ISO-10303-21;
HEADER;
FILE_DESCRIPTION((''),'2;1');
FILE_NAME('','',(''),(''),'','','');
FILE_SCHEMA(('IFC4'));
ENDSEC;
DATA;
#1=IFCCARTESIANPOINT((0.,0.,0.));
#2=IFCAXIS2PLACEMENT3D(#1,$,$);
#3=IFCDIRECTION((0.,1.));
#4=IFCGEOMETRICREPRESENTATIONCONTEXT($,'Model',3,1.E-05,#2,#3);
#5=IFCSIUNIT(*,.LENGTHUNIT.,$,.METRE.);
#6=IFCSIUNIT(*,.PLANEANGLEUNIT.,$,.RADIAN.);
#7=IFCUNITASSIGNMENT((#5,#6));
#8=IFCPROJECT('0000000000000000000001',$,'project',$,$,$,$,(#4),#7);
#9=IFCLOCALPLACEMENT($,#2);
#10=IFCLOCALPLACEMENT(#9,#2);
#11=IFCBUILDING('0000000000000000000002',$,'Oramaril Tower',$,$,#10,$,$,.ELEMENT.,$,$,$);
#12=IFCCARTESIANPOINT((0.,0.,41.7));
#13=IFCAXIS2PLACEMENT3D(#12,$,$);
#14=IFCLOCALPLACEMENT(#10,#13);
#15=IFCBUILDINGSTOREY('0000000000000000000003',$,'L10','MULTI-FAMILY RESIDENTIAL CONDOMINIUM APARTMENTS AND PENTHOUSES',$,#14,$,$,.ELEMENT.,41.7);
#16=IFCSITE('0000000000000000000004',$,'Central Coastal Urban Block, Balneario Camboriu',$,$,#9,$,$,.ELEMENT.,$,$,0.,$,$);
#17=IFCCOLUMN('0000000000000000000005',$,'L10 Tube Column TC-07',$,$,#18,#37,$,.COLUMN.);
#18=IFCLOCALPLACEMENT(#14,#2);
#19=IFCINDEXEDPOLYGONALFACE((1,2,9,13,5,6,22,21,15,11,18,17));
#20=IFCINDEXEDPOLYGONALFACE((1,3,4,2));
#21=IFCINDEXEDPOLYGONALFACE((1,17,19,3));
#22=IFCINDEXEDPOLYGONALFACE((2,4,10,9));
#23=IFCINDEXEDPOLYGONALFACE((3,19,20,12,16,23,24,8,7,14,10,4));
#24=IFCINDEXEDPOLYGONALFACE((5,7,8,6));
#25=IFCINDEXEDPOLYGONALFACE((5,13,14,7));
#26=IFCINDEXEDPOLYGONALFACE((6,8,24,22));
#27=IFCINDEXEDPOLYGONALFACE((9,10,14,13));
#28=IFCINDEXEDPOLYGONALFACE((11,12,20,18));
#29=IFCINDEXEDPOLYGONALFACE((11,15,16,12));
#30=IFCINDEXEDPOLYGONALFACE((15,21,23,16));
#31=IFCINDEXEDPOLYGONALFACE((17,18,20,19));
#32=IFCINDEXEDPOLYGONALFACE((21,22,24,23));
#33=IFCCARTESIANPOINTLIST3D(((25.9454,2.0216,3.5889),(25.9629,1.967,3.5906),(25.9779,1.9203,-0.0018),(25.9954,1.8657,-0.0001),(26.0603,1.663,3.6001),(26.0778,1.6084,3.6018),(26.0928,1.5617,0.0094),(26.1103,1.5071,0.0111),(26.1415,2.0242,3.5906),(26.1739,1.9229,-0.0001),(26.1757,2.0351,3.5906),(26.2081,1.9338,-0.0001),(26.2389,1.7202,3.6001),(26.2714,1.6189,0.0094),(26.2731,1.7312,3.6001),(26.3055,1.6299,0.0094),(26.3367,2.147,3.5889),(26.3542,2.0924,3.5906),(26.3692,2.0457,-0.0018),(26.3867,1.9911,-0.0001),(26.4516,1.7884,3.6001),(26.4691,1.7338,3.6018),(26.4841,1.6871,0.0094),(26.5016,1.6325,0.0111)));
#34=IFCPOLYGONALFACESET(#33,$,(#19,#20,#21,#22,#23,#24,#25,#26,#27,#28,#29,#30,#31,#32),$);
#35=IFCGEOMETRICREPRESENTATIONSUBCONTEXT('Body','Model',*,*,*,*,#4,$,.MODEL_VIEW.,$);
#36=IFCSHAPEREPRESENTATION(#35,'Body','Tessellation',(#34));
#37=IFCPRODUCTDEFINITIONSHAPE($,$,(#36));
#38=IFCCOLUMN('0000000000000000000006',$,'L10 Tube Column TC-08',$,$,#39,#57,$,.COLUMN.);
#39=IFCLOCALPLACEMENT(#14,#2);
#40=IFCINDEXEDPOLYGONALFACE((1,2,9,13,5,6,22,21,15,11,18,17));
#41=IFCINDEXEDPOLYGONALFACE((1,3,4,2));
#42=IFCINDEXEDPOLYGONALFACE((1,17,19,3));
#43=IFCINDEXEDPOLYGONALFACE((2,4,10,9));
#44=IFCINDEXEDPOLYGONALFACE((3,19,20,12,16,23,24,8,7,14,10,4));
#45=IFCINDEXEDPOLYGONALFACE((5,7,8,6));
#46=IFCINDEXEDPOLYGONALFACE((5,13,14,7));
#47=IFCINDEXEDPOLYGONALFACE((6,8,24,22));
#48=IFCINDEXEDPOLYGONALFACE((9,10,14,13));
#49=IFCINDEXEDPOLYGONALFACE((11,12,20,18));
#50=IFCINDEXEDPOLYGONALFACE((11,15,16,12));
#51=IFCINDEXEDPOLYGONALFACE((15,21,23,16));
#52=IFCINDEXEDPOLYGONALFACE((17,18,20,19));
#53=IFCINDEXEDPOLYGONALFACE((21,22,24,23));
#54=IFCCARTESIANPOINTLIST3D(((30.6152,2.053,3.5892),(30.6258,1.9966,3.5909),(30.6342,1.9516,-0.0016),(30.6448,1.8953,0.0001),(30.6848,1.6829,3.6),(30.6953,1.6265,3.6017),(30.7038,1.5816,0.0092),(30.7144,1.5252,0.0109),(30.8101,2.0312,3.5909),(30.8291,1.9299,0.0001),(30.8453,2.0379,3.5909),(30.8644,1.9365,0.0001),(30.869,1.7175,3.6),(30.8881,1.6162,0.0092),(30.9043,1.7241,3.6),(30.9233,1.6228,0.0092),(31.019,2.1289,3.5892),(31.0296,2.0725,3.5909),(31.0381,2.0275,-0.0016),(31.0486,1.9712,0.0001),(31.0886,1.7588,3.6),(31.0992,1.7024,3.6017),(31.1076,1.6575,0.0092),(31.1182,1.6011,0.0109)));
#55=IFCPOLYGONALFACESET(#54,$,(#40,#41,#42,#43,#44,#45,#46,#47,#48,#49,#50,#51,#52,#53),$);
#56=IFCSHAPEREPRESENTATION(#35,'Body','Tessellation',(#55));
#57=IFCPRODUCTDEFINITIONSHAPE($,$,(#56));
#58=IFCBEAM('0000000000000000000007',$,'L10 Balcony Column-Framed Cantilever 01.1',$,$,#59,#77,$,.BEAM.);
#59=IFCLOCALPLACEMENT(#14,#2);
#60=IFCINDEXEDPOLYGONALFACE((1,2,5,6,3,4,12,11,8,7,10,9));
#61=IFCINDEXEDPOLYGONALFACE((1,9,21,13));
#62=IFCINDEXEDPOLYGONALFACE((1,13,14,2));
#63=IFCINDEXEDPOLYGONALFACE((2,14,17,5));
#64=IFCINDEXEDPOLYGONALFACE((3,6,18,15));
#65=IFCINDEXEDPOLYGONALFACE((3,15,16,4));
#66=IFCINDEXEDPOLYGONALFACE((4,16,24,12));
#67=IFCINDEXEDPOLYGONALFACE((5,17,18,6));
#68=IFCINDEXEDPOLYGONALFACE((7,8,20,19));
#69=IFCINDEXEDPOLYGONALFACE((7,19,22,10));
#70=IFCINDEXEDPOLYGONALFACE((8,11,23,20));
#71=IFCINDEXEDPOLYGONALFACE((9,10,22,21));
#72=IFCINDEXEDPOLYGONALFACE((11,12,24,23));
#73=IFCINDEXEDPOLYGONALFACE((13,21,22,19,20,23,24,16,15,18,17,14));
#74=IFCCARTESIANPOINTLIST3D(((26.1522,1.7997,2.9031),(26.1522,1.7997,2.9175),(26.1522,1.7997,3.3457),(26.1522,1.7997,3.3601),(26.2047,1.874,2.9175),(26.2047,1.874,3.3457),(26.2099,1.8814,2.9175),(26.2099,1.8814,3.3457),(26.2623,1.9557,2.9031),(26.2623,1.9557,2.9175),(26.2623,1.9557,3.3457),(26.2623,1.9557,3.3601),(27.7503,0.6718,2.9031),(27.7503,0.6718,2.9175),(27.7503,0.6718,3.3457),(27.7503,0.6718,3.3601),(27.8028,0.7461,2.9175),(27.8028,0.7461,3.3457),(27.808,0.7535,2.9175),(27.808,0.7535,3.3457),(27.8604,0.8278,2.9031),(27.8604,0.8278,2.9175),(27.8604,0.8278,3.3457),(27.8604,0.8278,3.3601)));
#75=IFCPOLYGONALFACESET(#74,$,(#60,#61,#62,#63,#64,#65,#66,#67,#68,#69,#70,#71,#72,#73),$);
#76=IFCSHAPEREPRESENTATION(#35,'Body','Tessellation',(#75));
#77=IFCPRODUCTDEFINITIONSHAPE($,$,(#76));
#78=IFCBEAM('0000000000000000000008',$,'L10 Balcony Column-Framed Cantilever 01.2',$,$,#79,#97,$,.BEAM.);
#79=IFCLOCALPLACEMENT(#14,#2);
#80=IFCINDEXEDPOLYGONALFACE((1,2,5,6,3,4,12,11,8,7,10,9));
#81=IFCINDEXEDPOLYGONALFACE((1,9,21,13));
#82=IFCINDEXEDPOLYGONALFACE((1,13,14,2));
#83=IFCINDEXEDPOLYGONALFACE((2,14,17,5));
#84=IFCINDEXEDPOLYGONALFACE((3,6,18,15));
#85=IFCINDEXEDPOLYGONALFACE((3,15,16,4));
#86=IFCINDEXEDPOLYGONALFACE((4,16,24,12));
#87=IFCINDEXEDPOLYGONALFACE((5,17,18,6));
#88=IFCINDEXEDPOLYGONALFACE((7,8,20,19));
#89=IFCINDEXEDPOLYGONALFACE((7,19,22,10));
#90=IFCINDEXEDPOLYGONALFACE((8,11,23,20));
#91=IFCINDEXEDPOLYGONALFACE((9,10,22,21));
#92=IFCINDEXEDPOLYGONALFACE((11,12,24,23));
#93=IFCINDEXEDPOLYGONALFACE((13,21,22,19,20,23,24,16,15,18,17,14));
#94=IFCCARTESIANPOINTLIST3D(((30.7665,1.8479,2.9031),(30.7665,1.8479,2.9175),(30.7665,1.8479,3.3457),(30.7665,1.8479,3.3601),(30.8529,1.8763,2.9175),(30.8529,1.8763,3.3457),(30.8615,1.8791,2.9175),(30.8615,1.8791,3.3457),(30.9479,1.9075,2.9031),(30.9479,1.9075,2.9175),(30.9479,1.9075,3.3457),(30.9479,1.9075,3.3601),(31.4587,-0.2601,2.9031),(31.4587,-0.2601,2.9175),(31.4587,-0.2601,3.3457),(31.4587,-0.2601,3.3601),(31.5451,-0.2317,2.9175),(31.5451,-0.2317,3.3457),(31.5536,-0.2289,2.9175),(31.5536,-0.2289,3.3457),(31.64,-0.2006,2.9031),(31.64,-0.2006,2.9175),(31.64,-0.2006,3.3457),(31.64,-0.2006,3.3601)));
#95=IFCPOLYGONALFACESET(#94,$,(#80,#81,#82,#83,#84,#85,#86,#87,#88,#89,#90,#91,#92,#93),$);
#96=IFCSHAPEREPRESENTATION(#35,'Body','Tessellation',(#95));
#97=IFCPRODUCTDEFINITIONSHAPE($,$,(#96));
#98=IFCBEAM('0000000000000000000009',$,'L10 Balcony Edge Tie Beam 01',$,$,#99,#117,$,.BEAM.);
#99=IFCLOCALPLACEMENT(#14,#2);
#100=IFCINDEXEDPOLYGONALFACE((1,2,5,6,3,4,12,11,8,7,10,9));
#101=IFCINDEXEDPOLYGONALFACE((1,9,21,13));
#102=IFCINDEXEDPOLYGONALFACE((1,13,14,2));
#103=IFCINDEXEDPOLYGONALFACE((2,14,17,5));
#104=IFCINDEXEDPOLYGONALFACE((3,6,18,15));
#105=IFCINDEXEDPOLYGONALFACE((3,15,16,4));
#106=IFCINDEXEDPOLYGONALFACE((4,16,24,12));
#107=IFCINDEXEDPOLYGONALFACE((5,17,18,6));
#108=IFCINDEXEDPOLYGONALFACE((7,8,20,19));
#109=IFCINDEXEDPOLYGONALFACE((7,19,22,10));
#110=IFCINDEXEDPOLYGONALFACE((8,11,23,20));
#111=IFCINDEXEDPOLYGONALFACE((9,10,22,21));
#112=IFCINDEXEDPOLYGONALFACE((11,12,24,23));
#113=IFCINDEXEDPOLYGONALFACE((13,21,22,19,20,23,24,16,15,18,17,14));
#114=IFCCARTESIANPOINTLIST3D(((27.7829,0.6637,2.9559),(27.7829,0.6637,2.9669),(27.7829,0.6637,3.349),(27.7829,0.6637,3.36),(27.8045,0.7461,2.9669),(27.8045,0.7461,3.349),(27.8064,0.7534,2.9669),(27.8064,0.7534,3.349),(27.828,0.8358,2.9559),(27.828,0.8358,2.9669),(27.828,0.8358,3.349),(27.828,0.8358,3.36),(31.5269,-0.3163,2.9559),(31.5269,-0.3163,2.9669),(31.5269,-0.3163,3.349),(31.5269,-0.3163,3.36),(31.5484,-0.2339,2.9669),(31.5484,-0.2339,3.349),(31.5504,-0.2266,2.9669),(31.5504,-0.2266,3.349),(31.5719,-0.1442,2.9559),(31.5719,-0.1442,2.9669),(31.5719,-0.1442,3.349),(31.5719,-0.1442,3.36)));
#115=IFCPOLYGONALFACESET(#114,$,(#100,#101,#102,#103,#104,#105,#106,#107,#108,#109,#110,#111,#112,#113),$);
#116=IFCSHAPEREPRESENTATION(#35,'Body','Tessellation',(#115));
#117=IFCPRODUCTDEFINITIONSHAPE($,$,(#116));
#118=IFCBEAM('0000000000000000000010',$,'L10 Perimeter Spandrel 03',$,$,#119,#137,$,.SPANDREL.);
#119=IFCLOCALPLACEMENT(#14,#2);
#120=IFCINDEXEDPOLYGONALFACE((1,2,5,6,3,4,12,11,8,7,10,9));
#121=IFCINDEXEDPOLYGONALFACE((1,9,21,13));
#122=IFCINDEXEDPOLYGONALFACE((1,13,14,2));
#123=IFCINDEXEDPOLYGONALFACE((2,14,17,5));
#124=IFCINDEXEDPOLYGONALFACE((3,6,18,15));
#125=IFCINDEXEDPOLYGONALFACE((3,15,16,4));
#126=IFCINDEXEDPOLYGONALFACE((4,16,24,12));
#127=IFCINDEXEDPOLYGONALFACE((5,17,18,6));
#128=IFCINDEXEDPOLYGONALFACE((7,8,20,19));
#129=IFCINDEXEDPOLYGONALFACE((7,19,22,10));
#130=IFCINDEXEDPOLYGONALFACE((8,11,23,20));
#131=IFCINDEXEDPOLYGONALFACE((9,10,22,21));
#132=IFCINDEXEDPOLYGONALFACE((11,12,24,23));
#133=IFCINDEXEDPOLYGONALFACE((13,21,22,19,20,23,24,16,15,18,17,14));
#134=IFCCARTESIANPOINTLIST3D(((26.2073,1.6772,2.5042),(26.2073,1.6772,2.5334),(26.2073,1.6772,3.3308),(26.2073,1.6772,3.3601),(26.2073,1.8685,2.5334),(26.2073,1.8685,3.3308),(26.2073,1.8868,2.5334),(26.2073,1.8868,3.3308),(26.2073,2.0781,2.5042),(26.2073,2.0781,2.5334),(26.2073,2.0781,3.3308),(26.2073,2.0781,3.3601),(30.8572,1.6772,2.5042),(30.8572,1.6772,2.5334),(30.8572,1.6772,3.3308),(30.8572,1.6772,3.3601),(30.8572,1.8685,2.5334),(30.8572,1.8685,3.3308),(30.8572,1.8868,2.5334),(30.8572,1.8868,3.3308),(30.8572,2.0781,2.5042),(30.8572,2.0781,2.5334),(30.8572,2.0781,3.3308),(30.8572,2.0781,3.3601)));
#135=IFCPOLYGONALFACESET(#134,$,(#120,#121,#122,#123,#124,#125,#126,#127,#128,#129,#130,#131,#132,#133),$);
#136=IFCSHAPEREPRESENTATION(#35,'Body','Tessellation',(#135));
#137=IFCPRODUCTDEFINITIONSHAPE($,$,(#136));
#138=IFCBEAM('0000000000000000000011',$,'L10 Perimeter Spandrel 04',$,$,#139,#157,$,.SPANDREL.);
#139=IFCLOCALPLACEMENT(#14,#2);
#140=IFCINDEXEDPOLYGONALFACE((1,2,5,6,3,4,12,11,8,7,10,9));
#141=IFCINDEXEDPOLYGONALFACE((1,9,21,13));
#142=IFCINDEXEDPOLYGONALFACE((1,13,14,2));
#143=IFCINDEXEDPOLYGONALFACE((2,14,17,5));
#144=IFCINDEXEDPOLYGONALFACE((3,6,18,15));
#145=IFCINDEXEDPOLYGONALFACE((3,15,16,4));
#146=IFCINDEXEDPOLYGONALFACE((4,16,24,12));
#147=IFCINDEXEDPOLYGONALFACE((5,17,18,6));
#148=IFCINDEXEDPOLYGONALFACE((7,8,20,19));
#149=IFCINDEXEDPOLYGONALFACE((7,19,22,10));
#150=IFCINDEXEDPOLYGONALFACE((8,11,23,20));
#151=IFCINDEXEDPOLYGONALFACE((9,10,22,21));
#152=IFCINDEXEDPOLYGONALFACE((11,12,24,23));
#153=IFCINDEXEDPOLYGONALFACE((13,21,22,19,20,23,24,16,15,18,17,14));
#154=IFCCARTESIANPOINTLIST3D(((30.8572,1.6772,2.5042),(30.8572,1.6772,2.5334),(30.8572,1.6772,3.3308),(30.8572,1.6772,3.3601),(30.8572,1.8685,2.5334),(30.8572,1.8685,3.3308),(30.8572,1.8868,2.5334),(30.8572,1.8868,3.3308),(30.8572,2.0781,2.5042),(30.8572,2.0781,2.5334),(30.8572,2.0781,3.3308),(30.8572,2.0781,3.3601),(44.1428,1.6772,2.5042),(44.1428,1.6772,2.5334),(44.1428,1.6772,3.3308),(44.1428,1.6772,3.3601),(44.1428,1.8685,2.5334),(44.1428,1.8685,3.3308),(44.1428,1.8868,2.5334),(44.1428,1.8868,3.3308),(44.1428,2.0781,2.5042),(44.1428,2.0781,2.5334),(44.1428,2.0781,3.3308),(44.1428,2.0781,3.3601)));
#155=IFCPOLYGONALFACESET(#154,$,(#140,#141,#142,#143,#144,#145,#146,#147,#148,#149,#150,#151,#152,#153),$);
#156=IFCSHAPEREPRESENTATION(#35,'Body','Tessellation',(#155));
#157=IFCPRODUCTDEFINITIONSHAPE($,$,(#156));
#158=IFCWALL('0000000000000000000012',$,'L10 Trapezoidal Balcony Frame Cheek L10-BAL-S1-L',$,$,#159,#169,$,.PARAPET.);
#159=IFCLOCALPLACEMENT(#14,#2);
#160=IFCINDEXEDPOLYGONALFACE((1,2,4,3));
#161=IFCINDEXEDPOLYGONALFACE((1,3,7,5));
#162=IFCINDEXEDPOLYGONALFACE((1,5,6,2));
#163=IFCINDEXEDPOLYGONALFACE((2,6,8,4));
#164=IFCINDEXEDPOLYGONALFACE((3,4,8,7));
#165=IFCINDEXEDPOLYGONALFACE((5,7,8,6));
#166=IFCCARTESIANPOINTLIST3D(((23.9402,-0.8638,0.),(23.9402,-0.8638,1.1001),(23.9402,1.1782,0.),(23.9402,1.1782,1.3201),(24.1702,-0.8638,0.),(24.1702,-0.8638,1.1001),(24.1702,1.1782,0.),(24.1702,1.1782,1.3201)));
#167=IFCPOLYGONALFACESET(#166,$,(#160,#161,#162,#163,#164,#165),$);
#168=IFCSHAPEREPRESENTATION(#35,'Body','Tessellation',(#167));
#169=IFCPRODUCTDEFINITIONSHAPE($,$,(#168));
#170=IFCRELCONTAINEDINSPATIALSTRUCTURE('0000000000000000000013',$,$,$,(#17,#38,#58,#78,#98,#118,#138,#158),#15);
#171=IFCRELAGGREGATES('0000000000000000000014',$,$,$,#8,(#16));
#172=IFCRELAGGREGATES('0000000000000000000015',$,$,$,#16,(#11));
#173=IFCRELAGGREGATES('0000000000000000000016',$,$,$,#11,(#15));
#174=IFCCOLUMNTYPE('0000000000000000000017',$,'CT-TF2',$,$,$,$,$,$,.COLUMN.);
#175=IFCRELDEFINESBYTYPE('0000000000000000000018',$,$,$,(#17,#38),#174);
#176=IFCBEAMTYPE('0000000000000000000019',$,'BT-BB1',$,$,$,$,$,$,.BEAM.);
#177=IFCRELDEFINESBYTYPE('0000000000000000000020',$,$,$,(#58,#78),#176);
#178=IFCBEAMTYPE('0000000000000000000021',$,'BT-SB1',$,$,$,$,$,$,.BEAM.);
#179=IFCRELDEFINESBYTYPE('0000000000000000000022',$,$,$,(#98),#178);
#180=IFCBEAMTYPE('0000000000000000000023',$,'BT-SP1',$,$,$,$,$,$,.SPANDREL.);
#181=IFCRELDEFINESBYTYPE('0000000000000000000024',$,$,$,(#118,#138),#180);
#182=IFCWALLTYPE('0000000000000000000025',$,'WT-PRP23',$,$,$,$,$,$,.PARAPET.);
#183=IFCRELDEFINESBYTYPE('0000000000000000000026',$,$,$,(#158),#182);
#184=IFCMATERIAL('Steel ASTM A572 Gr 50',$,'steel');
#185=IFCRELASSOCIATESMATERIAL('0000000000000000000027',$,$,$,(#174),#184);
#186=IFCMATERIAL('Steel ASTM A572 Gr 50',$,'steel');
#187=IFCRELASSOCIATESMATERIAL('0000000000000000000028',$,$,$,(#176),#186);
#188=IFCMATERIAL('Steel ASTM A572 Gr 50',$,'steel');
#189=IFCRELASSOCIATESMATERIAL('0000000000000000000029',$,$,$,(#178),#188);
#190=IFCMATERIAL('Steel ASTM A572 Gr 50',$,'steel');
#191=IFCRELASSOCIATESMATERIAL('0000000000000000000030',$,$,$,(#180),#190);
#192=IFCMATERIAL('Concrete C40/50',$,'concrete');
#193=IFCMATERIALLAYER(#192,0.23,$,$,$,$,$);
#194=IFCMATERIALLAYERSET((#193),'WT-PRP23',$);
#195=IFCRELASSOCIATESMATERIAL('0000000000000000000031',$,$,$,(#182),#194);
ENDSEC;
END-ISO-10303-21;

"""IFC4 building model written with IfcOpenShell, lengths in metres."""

from ifc_helpers import new_model, si_unit, direction, frame, origin, origin_2d, place, context, subcontext, project, spatial, polyline, i_section, outline, extrude, material, layer, layer_set, material_profile, profile_set, type_object, element, save


model = new_model("IFC4")

# Units and contexts
model_context = context("Model", 3, precision=1e-05, world=origin(), true_north=direction((0.0, 1.0)))
body_context = subcontext(model_context, "Body", "Model", "MODEL_VIEW")
ifc_project = project(units=[si_unit("LENGTHUNIT", "METRE"), si_unit("PLANEANGLEUNIT", "RADIAN")], contexts=[model_context])

# Site, building, storey
site_placement = place(None, origin())
site = spatial("IfcSite", under=ifc_project, at=site_placement, Name="Central Coastal Urban Block, Balneario Camboriu", CompositionType="ELEMENT", RefElevation=0.0)
building_placement = place(site_placement, origin())
building = spatial("IfcBuilding", under=site, at=building_placement, Name="Oramaril Tower", CompositionType="ELEMENT")
storey_placement = place(building_placement, frame((0.0, 0.0, 41.7)))
storey = spatial("IfcBuildingStorey", under=building, at=storey_placement, Name="L10", Description="MULTI-FAMILY RESIDENTIAL CONDOMINIUM APARTMENTS AND PENTHOUSES", CompositionType="ELEMENT", Elevation=41.7)

# Columns
ifc_material_1 = material(Name="Steel ASTM A572 Gr 50", Category="steel")
ifc_material_profile_1 = material_profile(ifc_material_1, i_section(OverallWidth=0.4109, OverallDepth=0.4341, WebThickness=0.0359, FlangeThickness=0.0574, at=origin_2d()), Name="W14X311")
ifc_profile_set_1 = profile_set([ifc_material_profile_1], Name="Steel ASTM A572 Gr 50")
column_type = type_object("IfcColumnType", Name="CT-TF2", PredefinedType="COLUMN", material=ifc_profile_set_1)
for number, where, z_axis, x_axis, name in (
    (1, (26.2397, 1.7764, 0.0046), (-0.009039, 0.028204, 0.999561), (-0.952291, -0.305192, 0.0), "L10 Tube Column TC-07"),
    (2, (30.8762, 1.7764, 0.0046), (-0.005301, 0.028204, 0.999588), (-0.982792, -0.184717, 0.0), "L10 Tube Column TC-08"),
):
    element("IfcColumn", number, at=place(storey_placement, frame(where, z_axis=z_axis, x_axis=x_axis)), inside=storey, type_object=column_type, Name=name, PredefinedType="COLUMN", context=body_context, shape_type="SweptSolid", body=[
        extrude(i_section(OverallWidth=0.4109, OverallDepth=0.4341, WebThickness=0.0359, FlangeThickness=0.0574, at=origin_2d()), origin(), (0.0, 0.0, 1.0), 3.5923),
    ])

# Beams
ifc_material_2 = material(Name="Steel ASTM A572 Gr 50", Category="steel")
ifc_material_profile_2 = material_profile(ifc_material_2, i_section(OverallWidth=0.1909, OverallDepth=0.457, WebThickness=0.009, FlangeThickness=0.0144, at=origin_2d()), Name="W18X50")
ifc_profile_set_2 = profile_set([ifc_material_profile_2], Name="Steel ASTM A572 Gr 50")
beam_type_1 = type_object("IfcBeamType", Name="BT-BB1", PredefinedType="BEAM", material=ifc_profile_set_2)
beam_1_placement = place(storey_placement, frame((26.2073, 1.8777, 3.1316), z_axis=(0.817009, -0.576624, 0.0), x_axis=(0.576624, 0.817009, 0.0)))
element("IfcBeam", 3, at=beam_1_placement, inside=storey, type_object=beam_type_1, Name="L10 Balcony Column-Framed Cantilever 01.1", PredefinedType="BEAM", context=body_context, shape_type="SweptSolid", body=[
    extrude(i_section(OverallWidth=0.1909, OverallDepth=0.457, WebThickness=0.009, FlangeThickness=0.0144, at=origin_2d()), origin(), (0.0, 0.0, 1.0), 1.9561),
])
beam_2_placement = place(storey_placement, frame((30.8572, 1.8777, 3.1316), z_axis=(0.311966, -0.950093, 0.0), x_axis=(0.950093, 0.311966, 0.0)))
element("IfcBeam", 4, at=beam_2_placement, inside=storey, type_object=beam_type_1, Name="L10 Balcony Column-Framed Cantilever 01.2", PredefinedType="BEAM", context=body_context, shape_type="SweptSolid", body=[
    extrude(i_section(OverallWidth=0.1909, OverallDepth=0.457, WebThickness=0.009, FlangeThickness=0.0144, at=origin_2d()), origin(), (0.0, 0.0, 1.0), 2.2188),
])
ifc_material_3 = material(Name="Steel ASTM A572 Gr 50", Category="steel")
ifc_material_profile_3 = material_profile(ifc_material_3, i_section(OverallWidth=0.178, OverallDepth=0.4041, WebThickness=0.0076, FlangeThickness=0.011, at=origin_2d()), Name="W16X36")
ifc_profile_set_3 = profile_set([ifc_material_profile_3], Name="Steel ASTM A572 Gr 50")
beam_type_2 = type_object("IfcBeamType", Name="BT-SB1", PredefinedType="BEAM", material=ifc_profile_set_3)
beam_3_placement = place(storey_placement, frame((27.8054, 0.7498, 3.158), z_axis=(0.967408, -0.253223, 0.0), x_axis=(0.253223, 0.967408, 0.0)))
element("IfcBeam", 5, at=beam_3_placement, inside=storey, type_object=beam_type_2, Name="L10 Balcony Edge Tie Beam 01", PredefinedType="BEAM", context=body_context, shape_type="SweptSolid", body=[
    extrude(i_section(OverallWidth=0.178, OverallDepth=0.4041, WebThickness=0.0076, FlangeThickness=0.011, at=origin_2d()), origin(), (0.0, 0.0, 1.0), 3.8701),
])
ifc_material_4 = material(Name="Steel ASTM A572 Gr 50", Category="steel")
ifc_material_profile_4 = material_profile(ifc_material_4, i_section(OverallWidth=0.4009, OverallDepth=0.856, WebThickness=0.0183, FlangeThickness=0.0293, at=origin_2d()), Name="W33X201")
ifc_profile_set_4 = profile_set([ifc_material_profile_4], Name="Steel ASTM A572 Gr 50")
beam_type_3 = type_object("IfcBeamType", Name="BT-SP1", PredefinedType="SPANDREL", material=ifc_profile_set_4)
beam_4_placement = place(storey_placement, frame((26.2073, 1.8777, 2.9321), z_axis=(1.0, 0.0, 0.0), x_axis=(0.0, 1.0, 0.0)))
element("IfcBeam", 6, at=beam_4_placement, inside=storey, type_object=beam_type_3, Name="L10 Perimeter Spandrel 03", PredefinedType="SPANDREL", context=body_context, shape_type="SweptSolid", body=[
    extrude(i_section(OverallWidth=0.4009, OverallDepth=0.856, WebThickness=0.0183, FlangeThickness=0.0293, at=origin_2d()), origin(), (0.0, 0.0, 1.0), 4.6499),
])
beam_5_placement = place(storey_placement, frame((30.8572, 1.8777, 2.9321), z_axis=(1.0, 0.0, 0.0), x_axis=(0.0, 1.0, 0.0)))
element("IfcBeam", 7, at=beam_5_placement, inside=storey, type_object=beam_type_3, Name="L10 Perimeter Spandrel 04", PredefinedType="SPANDREL", context=body_context, shape_type="SweptSolid", body=[
    extrude(i_section(OverallWidth=0.4009, OverallDepth=0.856, WebThickness=0.0183, FlangeThickness=0.0293, at=origin_2d()), origin(), (0.0, 0.0, 1.0), 13.2856),
])

# Wall
ifc_material_5 = material(Name="Concrete C40/50", Category="concrete")
ifc_layer_1 = layer(ifc_material_5, 0.23)
ifc_layer_set_1 = layer_set([ifc_layer_1], Name="WT-PRP23")
wall_type_1 = type_object("IfcWallType", Name="WT-PRP23", PredefinedType="PARAPET", material=ifc_layer_set_1)
wall_1_placement = place(storey_placement, frame((24.0552, 1.1782, 0.0), z_axis=(0.0, 0.0, 1.0), x_axis=(0.0, -1.0, 0.0)))
element("IfcWall", 8, at=wall_1_placement, inside=storey, type_object=wall_type_1, Name="L10 Trapezoidal Balcony Frame Cheek L10-BAL-S1-L", PredefinedType="PARAPET", context=body_context, shape_type="SweptSolid", body=[
    extrude(outline(polyline([(0.0, 0.0), (2.042, 0.0), (2.042, 1.1001), (0.0, 1.3201), (0.0, 0.0)])), frame((0.0, 0.115, 0.0), z_axis=(0.0, -1.0, 0.0), x_axis=(1.0, 0.0, 0.0)), (0.0, 0.0, 1.0), 0.23),
])

save(model, "model.ifc")
